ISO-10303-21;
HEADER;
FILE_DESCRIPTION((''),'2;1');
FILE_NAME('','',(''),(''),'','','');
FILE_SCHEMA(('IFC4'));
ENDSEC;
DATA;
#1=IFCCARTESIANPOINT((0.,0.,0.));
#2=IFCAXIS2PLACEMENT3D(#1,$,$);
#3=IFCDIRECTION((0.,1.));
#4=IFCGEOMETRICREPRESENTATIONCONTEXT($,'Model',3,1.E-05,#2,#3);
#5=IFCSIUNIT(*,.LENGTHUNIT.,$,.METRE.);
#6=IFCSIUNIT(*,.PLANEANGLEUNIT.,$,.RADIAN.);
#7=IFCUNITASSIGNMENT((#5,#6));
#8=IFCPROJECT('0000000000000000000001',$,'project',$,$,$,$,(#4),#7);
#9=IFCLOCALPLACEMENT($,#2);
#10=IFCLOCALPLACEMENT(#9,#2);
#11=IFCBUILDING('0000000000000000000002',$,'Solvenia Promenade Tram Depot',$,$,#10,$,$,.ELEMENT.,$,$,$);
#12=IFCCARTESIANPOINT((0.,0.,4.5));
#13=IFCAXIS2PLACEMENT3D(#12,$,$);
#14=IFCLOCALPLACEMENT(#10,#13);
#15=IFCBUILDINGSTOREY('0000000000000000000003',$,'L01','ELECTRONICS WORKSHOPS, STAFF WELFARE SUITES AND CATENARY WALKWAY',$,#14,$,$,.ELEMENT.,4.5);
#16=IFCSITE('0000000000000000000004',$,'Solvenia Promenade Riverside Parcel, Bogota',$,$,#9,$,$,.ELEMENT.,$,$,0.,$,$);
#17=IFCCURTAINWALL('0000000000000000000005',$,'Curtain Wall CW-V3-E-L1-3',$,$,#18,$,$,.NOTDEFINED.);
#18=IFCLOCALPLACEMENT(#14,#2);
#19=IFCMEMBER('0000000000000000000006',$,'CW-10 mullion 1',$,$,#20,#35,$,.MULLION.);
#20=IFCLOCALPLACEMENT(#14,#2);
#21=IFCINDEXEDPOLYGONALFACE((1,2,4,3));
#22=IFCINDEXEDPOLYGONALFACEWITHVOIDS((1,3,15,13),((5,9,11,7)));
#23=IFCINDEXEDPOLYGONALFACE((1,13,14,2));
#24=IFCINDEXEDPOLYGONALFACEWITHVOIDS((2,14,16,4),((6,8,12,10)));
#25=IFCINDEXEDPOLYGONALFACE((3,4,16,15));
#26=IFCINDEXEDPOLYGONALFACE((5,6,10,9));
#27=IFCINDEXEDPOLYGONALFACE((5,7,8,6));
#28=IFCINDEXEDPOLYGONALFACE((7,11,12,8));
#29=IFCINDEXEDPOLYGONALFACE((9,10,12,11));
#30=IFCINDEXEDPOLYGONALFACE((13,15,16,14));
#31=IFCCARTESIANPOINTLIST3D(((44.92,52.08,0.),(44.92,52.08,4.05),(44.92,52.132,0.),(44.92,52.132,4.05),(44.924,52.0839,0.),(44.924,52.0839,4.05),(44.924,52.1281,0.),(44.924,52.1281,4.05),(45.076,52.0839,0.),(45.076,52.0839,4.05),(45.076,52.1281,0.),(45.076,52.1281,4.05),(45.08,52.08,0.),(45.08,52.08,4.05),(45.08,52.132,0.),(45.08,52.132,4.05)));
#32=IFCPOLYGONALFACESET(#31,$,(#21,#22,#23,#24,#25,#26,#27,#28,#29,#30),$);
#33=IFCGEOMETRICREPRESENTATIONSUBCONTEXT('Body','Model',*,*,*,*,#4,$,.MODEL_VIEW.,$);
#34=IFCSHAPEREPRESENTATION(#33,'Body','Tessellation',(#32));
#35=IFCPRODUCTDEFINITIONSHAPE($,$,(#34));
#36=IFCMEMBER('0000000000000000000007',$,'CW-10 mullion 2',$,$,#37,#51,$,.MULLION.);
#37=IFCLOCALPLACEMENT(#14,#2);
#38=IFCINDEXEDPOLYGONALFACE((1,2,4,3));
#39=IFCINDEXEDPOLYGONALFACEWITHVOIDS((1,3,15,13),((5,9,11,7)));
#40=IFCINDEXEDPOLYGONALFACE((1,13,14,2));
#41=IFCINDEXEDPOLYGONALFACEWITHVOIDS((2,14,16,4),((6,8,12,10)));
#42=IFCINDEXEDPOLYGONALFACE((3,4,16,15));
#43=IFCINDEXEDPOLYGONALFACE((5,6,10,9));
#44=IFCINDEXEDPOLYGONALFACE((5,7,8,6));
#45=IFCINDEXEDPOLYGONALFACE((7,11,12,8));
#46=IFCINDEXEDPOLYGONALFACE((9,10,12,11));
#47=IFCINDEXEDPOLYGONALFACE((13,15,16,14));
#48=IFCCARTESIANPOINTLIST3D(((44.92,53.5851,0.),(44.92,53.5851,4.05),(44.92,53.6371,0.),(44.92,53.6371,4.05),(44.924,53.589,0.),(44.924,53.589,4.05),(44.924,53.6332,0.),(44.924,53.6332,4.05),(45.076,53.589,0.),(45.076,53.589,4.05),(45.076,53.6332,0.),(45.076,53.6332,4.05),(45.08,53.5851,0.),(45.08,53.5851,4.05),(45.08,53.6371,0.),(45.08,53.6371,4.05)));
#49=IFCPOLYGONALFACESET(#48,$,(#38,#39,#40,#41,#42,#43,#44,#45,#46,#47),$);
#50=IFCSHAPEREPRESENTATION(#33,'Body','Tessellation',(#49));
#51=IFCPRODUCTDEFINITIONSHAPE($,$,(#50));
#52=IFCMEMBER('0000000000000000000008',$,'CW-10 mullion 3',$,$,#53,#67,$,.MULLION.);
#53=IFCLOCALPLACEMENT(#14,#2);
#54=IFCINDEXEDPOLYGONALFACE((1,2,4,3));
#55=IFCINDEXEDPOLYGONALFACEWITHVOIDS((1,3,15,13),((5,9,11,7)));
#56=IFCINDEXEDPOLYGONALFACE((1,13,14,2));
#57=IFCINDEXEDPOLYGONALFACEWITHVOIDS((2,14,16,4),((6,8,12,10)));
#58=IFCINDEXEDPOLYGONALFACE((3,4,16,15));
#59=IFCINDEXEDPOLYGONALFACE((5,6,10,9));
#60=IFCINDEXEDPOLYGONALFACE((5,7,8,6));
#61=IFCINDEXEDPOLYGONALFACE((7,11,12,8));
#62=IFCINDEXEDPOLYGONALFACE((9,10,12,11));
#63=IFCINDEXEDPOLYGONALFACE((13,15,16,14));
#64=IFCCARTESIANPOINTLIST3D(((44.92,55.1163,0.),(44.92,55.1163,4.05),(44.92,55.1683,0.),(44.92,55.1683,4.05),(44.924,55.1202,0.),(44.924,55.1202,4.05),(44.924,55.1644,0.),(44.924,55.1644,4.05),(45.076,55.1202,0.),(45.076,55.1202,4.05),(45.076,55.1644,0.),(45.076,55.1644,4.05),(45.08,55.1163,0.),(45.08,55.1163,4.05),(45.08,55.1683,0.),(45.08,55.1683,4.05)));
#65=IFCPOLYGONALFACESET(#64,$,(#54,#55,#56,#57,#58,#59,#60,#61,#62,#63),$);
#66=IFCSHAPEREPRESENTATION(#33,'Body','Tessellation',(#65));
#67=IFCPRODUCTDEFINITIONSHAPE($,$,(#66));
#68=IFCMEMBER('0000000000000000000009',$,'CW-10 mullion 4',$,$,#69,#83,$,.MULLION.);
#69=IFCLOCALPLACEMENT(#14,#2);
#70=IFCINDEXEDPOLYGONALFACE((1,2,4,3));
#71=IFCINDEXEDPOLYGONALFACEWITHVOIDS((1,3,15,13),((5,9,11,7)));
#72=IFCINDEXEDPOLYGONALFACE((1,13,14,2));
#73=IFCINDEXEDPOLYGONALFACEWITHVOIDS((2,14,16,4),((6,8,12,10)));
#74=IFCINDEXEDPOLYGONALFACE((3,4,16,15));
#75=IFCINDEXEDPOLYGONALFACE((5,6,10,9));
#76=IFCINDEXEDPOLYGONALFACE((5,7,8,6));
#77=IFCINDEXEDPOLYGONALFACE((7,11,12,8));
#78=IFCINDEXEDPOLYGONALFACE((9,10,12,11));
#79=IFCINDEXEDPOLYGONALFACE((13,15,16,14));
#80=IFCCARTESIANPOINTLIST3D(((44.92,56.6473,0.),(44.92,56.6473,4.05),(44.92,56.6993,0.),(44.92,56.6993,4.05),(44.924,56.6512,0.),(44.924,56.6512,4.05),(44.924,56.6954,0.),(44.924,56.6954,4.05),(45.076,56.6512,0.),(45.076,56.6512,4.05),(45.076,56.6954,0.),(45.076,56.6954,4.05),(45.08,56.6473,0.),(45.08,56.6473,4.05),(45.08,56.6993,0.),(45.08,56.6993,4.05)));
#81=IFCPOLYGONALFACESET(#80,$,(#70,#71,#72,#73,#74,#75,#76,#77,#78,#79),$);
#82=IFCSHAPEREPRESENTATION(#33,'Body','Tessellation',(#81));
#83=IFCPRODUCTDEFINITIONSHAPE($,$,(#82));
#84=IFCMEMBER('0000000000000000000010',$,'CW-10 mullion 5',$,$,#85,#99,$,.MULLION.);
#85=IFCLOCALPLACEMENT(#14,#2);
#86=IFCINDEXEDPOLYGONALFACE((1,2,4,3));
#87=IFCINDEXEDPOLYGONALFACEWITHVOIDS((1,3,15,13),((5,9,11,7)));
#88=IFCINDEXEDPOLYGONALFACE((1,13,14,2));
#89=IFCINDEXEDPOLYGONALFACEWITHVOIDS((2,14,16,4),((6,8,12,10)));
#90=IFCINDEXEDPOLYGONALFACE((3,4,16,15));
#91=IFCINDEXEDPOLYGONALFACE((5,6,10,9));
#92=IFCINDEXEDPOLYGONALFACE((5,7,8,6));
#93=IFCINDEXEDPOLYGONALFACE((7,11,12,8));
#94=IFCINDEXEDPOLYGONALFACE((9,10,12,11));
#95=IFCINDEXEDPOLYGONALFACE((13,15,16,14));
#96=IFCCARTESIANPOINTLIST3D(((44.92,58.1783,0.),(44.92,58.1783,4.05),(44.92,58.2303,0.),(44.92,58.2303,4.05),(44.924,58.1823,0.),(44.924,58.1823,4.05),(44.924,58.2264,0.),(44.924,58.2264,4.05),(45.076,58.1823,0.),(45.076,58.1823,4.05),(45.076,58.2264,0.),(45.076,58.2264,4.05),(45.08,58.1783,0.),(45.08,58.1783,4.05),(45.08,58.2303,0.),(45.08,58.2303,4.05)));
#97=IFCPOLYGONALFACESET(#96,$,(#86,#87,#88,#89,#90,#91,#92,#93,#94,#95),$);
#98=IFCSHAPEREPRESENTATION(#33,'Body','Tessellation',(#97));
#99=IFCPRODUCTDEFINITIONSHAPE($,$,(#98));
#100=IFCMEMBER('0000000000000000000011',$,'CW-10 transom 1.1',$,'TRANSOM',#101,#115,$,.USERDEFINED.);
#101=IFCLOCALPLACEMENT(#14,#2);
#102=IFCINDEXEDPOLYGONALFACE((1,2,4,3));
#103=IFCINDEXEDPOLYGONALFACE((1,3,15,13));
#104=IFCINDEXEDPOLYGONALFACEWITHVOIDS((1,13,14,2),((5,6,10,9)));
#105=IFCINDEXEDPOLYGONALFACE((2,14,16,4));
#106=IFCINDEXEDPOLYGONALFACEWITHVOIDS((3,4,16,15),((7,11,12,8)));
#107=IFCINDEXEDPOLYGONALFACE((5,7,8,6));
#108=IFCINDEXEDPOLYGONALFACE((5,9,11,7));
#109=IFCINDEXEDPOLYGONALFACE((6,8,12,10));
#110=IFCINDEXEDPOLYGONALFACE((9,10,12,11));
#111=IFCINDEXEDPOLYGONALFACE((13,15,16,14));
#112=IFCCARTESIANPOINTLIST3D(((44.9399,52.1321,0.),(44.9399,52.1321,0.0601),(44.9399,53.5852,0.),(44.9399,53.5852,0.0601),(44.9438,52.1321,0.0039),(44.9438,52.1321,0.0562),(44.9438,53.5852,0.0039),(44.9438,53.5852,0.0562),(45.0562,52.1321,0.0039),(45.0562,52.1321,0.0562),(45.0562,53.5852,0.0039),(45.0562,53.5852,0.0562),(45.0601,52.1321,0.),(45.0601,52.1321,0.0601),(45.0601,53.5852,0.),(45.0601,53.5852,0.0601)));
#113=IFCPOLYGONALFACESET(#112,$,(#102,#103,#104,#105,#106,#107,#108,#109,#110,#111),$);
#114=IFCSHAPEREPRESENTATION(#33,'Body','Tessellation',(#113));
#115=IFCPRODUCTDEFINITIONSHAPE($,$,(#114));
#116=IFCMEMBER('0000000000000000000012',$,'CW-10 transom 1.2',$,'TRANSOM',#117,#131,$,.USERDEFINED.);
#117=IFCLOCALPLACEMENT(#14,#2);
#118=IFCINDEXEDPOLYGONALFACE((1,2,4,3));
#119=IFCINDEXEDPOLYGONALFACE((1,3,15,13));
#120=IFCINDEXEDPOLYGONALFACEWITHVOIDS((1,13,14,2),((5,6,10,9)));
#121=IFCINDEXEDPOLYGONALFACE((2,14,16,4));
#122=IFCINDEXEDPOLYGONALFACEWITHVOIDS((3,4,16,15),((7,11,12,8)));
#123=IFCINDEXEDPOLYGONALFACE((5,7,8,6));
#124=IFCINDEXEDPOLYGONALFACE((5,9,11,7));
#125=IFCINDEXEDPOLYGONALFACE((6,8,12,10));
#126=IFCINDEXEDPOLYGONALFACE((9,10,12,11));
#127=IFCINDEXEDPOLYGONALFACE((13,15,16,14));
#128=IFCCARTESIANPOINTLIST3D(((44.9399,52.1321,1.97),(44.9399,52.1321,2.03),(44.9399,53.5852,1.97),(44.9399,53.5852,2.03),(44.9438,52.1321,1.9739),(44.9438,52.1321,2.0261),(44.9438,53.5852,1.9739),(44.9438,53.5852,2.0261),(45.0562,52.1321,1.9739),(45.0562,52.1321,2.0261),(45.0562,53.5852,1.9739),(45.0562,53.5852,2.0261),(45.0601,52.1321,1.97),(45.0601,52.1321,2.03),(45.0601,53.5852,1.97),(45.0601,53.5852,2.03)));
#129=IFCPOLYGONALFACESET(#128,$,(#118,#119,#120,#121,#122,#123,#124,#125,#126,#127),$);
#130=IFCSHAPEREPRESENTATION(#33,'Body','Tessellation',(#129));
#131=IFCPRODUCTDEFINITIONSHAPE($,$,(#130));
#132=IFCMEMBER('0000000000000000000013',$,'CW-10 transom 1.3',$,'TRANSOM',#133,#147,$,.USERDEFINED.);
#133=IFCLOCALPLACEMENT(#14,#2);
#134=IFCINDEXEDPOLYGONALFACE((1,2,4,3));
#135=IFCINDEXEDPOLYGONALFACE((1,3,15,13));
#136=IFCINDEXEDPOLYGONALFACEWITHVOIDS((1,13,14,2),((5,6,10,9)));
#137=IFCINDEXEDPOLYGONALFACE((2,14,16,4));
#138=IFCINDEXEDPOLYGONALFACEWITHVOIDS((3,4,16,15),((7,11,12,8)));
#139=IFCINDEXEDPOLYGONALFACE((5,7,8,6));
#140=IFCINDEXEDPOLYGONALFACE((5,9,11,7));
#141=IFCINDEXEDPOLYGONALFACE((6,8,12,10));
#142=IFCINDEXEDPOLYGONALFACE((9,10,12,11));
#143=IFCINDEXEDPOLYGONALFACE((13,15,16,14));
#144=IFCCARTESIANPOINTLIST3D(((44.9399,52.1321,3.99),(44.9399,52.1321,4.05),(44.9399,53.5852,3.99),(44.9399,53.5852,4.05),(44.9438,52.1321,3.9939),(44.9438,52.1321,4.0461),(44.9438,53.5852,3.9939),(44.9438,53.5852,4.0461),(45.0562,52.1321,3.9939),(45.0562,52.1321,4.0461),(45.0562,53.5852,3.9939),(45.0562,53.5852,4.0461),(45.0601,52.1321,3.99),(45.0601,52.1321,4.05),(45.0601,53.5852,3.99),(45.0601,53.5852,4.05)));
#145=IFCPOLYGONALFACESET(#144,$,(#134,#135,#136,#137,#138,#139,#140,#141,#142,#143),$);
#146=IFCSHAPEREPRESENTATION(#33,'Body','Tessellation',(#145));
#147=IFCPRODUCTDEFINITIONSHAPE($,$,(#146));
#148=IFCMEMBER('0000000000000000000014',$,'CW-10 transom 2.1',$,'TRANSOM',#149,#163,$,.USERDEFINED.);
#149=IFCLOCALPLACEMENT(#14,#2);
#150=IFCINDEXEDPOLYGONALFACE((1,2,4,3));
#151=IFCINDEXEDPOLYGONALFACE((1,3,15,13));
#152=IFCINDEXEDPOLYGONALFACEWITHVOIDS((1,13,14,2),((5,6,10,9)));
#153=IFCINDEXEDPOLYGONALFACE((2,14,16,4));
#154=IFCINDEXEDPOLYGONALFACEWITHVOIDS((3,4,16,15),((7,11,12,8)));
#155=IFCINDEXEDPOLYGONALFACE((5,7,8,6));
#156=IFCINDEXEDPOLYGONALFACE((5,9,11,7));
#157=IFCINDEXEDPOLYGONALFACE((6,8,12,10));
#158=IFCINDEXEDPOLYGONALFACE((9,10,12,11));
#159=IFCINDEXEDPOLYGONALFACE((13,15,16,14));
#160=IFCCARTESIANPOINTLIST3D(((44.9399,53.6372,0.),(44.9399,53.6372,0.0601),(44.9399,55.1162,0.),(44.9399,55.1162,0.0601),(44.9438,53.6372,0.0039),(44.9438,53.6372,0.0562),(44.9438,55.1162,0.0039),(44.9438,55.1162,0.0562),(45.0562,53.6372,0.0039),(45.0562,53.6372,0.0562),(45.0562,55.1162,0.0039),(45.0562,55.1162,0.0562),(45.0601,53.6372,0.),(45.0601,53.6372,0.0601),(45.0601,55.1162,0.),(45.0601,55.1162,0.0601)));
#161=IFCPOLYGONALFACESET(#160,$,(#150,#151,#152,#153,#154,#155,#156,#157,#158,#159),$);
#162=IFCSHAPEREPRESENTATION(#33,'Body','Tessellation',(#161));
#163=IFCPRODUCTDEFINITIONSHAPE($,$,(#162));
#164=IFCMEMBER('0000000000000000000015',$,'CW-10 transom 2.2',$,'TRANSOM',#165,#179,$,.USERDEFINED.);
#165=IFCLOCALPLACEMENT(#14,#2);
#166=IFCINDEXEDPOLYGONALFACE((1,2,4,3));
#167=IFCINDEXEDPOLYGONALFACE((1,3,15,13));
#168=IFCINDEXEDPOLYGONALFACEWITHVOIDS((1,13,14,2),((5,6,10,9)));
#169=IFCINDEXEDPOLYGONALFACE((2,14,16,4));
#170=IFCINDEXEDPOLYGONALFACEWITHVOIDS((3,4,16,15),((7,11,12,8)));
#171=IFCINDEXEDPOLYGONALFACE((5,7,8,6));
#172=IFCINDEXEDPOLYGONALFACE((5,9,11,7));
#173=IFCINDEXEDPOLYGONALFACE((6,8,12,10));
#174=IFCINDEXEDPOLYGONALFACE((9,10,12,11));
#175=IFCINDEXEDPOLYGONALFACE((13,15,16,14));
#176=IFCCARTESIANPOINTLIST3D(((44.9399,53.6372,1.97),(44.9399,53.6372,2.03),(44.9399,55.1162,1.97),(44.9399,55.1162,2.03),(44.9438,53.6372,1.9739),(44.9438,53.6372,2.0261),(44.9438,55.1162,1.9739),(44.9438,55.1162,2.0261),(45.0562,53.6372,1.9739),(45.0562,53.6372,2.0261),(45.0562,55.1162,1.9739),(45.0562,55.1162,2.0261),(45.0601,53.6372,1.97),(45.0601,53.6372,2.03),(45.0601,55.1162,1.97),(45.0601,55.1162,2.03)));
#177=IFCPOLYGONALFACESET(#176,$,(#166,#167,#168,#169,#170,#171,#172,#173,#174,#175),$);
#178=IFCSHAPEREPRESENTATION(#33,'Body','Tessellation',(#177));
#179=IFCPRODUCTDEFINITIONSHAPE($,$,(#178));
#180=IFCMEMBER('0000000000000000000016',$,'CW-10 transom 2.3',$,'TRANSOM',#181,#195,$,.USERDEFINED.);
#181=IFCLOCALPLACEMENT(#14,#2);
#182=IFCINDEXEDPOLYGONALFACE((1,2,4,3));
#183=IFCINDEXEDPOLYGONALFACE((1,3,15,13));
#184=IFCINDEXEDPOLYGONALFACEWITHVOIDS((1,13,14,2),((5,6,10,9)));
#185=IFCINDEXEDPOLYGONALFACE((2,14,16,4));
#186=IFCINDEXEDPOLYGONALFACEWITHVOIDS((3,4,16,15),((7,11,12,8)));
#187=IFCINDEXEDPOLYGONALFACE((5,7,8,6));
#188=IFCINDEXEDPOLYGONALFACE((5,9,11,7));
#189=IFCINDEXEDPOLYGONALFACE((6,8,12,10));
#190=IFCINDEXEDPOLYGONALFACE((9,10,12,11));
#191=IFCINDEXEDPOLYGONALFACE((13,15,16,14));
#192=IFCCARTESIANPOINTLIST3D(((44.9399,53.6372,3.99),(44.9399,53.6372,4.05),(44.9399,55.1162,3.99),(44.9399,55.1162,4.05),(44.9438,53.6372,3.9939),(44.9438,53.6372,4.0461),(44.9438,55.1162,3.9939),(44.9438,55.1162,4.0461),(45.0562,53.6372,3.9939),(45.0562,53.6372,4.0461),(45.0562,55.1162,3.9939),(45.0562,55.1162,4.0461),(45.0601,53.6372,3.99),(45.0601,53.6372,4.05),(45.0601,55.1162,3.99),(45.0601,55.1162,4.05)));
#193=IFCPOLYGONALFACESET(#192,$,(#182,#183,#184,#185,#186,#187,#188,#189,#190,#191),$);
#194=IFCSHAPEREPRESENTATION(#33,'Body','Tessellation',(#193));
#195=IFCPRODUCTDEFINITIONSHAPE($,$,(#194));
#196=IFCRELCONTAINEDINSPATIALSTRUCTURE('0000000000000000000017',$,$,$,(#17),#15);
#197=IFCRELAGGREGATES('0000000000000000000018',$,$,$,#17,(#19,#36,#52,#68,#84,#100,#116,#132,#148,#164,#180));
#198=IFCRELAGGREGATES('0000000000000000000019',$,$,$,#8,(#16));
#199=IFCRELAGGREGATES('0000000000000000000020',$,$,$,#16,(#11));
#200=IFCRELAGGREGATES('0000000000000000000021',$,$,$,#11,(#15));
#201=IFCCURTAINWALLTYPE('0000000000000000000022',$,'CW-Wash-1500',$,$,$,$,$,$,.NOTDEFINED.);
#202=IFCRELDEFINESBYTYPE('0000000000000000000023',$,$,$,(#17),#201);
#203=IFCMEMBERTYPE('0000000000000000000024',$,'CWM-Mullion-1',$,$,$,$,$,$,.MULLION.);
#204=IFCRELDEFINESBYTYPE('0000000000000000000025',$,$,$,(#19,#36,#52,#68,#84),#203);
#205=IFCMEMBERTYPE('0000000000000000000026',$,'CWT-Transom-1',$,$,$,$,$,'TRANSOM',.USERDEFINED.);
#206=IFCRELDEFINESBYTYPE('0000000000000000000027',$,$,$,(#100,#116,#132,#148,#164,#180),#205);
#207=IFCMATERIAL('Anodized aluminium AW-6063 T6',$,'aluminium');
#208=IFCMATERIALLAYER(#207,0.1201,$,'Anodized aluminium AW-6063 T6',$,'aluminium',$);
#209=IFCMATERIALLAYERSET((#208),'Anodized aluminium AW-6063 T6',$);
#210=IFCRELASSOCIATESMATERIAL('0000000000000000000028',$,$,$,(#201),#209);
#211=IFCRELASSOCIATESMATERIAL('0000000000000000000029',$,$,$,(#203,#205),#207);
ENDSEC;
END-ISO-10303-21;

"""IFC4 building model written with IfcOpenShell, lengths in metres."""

from ifc_helpers import new_model, si_unit, direction, frame, origin, origin_2d, place, context, subcontext, project, spatial, hollow_rectangle, extrude, material, layer, layer_set, material_profile, profile_set, type_object, element, aggregate, save


model = new_model("IFC4")

# Units and contexts
model_context = context("Model", 3, precision=1e-05, world=origin(), true_north=direction((0.0, 1.0)))
body_context = subcontext(model_context, "Body", "Model", "MODEL_VIEW")
ifc_project = project(units=[si_unit("LENGTHUNIT", "METRE"), si_unit("PLANEANGLEUNIT", "RADIAN")], contexts=[model_context])

# Site, building, storey
site_placement = place(None, origin())
site = spatial("IfcSite", under=ifc_project, at=site_placement, Name="Solvenia Promenade Riverside Parcel, Bogota", CompositionType="ELEMENT", RefElevation=0.0)
building_placement = place(site_placement, origin())
building = spatial("IfcBuilding", under=site, at=building_placement, Name="Solvenia Promenade Tram Depot", CompositionType="ELEMENT")
storey_placement = place(building_placement, frame((0.0, 0.0, 4.5)))
storey = spatial("IfcBuildingStorey", under=building, at=storey_placement, Name="L01", Description="ELECTRONICS WORKSHOPS, STAFF WELFARE SUITES AND CATENARY WALKWAY", CompositionType="ELEMENT", Elevation=4.5)

# Curtain wall, members
ifc_material_1 = material(Name="Anodized aluminium AW-6063 T6", Category="aluminium")
ifc_layer_1 = layer(ifc_material_1, 0.1201, Name="Anodized aluminium AW-6063 T6", Category="aluminium")
ifc_layer_set_1 = layer_set([ifc_layer_1], Name="Anodized aluminium AW-6063 T6")
curtain_wall_type = type_object("IfcCurtainWallType", Name="CW-Wash-1500", PredefinedType="NOTDEFINED", material=ifc_layer_set_1)
curtain_wall_placement = place(storey_placement, origin())
curtain_wall = element("IfcCurtainWall", 1, at=curtain_wall_placement, inside=storey, type_object=curtain_wall_type, Name="Curtain Wall CW-V3-E-L1-3", PredefinedType="NOTDEFINED")
ifc_material_profile_1 = material_profile(ifc_material_1, hollow_rectangle(XDim=0.1599, YDim=0.052, WallThickness=0.0039, at=origin_2d()), Name="ALU-M1", Category="aluminium")
ifc_profile_set_1 = profile_set([ifc_material_profile_1], Name="Anodized aluminium AW-6063 T6")
member_type_1 = type_object("IfcMemberType", Name="CWM-Mullion-1", PredefinedType="MULLION", material=ifc_profile_set_1)
member_1_placement = place(storey_placement, frame((45.0, 52.106, 0.0), z_axis=(0.0, 0.0, 1.0), x_axis=(-1.0, 0.0, 0.0)))
member_1 = element("IfcMember", 2, at=member_1_placement, type_object=member_type_1, Name="CW-10 mullion 1", PredefinedType="MULLION", context=body_context, shape_type="SweptSolid", body=[
    extrude(hollow_rectangle(XDim=0.1599, YDim=0.052, WallThickness=0.0039, at=origin_2d()), origin(), (0.0, 0.0, 1.0), 4.05),
])
member_2_placement = place(storey_placement, frame((45.0, 53.6111, 0.0), z_axis=(0.0, 0.0, 1.0), x_axis=(-1.0, 0.0, 0.0)))
member_2 = element("IfcMember", 3, at=member_2_placement, type_object=member_type_1, Name="CW-10 mullion 2", PredefinedType="MULLION", context=body_context, shape_type="SweptSolid", body=[
    extrude(hollow_rectangle(XDim=0.1599, YDim=0.052, WallThickness=0.0039, at=origin_2d()), origin(), (0.0, 0.0, 1.0), 4.05),
])
member_3_placement = place(storey_placement, frame((45.0, 55.1423, 0.0), z_axis=(0.0, 0.0, 1.0), x_axis=(-1.0, 0.0, 0.0)))
member_3 = element("IfcMember", 4, at=member_3_placement, type_object=member_type_1, Name="CW-10 mullion 3", PredefinedType="MULLION", context=body_context, shape_type="SweptSolid", body=[
    extrude(hollow_rectangle(XDim=0.1599, YDim=0.052, WallThickness=0.0039, at=origin_2d()), origin(), (0.0, 0.0, 1.0), 4.05),
])
member_4_placement = place(storey_placement, frame((45.0, 56.6733, 0.0), z_axis=(0.0, 0.0, 1.0), x_axis=(-1.0, 0.0, 0.0)))
member_4 = element("IfcMember", 5, at=member_4_placement, type_object=member_type_1, Name="CW-10 mullion 4", PredefinedType="MULLION", context=body_context, shape_type="SweptSolid", body=[
    extrude(hollow_rectangle(XDim=0.1599, YDim=0.052, WallThickness=0.0039, at=origin_2d()), origin(), (0.0, 0.0, 1.0), 4.05),
])
member_5_placement = place(storey_placement, frame((45.0, 58.2043, 0.0), z_axis=(0.0, 0.0, 1.0), x_axis=(-1.0, 0.0, 0.0)))
member_5 = element("IfcMember", 6, at=member_5_placement, type_object=member_type_1, Name="CW-10 mullion 5", PredefinedType="MULLION", context=body_context, shape_type="SweptSolid", body=[
    extrude(hollow_rectangle(XDim=0.1599, YDim=0.052, WallThickness=0.0039, at=origin_2d()), origin(), (0.0, 0.0, 1.0), 4.05),
])
ifc_material_profile_2 = material_profile(ifc_material_1, hollow_rectangle(XDim=0.1201, YDim=0.0601, WallThickness=0.0039, at=origin_2d()), Name="ALU-T1", Category="aluminium")
ifc_profile_set_2 = profile_set([ifc_material_profile_2], Name="Anodized aluminium AW-6063 T6")
member_type_2 = type_object("IfcMemberType", Name="CWT-Transom-1", ElementType="TRANSOM", PredefinedType="USERDEFINED", material=ifc_profile_set_2)
member_6_placement = place(storey_placement, frame((45.0, 52.1321, 0.03), z_axis=(0.0, 1.0, 0.0), x_axis=(-1.0, 0.0, 0.0)))
member_6 = element("IfcMember", 7, at=member_6_placement, type_object=member_type_2, Name="CW-10 transom 1.1", ObjectType="TRANSOM", PredefinedType="USERDEFINED", context=body_context, shape_type="SweptSolid", body=[
    extrude(hollow_rectangle(XDim=0.1201, YDim=0.0601, WallThickness=0.0039, at=origin_2d()), origin(), (0.0, 0.0, 1.0), 1.4531),
])
member_7_placement = place(storey_placement, frame((45.0, 52.1321, 2.0), z_axis=(0.0, 1.0, 0.0), x_axis=(-1.0, 0.0, 0.0)))
member_7 = element("IfcMember", 8, at=member_7_placement, type_object=member_type_2, Name="CW-10 transom 1.2", ObjectType="TRANSOM", PredefinedType="USERDEFINED", context=body_context, shape_type="SweptSolid", body=[
    extrude(hollow_rectangle(XDim=0.1201, YDim=0.0601, WallThickness=0.0039, at=origin_2d()), origin(), (0.0, 0.0, 1.0), 1.4531),
])
member_8_placement = place(storey_placement, frame((45.0, 52.1321, 4.02), z_axis=(0.0, 1.0, 0.0), x_axis=(-1.0, 0.0, 0.0)))
member_8 = element("IfcMember", 9, at=member_8_placement, type_object=member_type_2, Name="CW-10 transom 1.3", ObjectType="TRANSOM", PredefinedType="USERDEFINED", context=body_context, shape_type="SweptSolid", body=[
    extrude(hollow_rectangle(XDim=0.1201, YDim=0.0601, WallThickness=0.0039, at=origin_2d()), origin(), (0.0, 0.0, 1.0), 1.4531),
])
member_9_placement = place(storey_placement, frame((45.0, 53.6372, 0.03), z_axis=(0.0, 1.0, 0.0), x_axis=(-1.0, 0.0, 0.0)))
member_9 = element("IfcMember", 10, at=member_9_placement, type_object=member_type_2, Name="CW-10 transom 2.1", ObjectType="TRANSOM", PredefinedType="USERDEFINED", context=body_context, shape_type="SweptSolid", body=[
    extrude(hollow_rectangle(XDim=0.1201, YDim=0.0601, WallThickness=0.0039, at=origin_2d()), origin(), (0.0, 0.0, 1.0), 1.479),
])
member_10_placement = place(storey_placement, frame((45.0, 53.6372, 2.0), z_axis=(0.0, 1.0, 0.0), x_axis=(-1.0, 0.0, 0.0)))
member_10 = element("IfcMember", 11, at=member_10_placement, type_object=member_type_2, Name="CW-10 transom 2.2", ObjectType="TRANSOM", PredefinedType="USERDEFINED", context=body_context, shape_type="SweptSolid", body=[
    extrude(hollow_rectangle(XDim=0.1201, YDim=0.0601, WallThickness=0.0039, at=origin_2d()), origin(), (0.0, 0.0, 1.0), 1.479),
])
member_11_placement = place(storey_placement, frame((45.0, 53.6372, 4.02), z_axis=(0.0, 1.0, 0.0), x_axis=(-1.0, 0.0, 0.0)))
member_11 = element("IfcMember", 12, at=member_11_placement, type_object=member_type_2, Name="CW-10 transom 2.3", ObjectType="TRANSOM", PredefinedType="USERDEFINED", context=body_context, shape_type="SweptSolid", body=[
    extrude(hollow_rectangle(XDim=0.1201, YDim=0.0601, WallThickness=0.0039, at=origin_2d()), origin(), (0.0, 0.0, 1.0), 1.479),
])

aggregate(curtain_wall, [member_1, member_2, member_3, member_4, member_5, member_6, member_7, member_8, member_9, member_10, member_11])

save(model, "model.ifc")
